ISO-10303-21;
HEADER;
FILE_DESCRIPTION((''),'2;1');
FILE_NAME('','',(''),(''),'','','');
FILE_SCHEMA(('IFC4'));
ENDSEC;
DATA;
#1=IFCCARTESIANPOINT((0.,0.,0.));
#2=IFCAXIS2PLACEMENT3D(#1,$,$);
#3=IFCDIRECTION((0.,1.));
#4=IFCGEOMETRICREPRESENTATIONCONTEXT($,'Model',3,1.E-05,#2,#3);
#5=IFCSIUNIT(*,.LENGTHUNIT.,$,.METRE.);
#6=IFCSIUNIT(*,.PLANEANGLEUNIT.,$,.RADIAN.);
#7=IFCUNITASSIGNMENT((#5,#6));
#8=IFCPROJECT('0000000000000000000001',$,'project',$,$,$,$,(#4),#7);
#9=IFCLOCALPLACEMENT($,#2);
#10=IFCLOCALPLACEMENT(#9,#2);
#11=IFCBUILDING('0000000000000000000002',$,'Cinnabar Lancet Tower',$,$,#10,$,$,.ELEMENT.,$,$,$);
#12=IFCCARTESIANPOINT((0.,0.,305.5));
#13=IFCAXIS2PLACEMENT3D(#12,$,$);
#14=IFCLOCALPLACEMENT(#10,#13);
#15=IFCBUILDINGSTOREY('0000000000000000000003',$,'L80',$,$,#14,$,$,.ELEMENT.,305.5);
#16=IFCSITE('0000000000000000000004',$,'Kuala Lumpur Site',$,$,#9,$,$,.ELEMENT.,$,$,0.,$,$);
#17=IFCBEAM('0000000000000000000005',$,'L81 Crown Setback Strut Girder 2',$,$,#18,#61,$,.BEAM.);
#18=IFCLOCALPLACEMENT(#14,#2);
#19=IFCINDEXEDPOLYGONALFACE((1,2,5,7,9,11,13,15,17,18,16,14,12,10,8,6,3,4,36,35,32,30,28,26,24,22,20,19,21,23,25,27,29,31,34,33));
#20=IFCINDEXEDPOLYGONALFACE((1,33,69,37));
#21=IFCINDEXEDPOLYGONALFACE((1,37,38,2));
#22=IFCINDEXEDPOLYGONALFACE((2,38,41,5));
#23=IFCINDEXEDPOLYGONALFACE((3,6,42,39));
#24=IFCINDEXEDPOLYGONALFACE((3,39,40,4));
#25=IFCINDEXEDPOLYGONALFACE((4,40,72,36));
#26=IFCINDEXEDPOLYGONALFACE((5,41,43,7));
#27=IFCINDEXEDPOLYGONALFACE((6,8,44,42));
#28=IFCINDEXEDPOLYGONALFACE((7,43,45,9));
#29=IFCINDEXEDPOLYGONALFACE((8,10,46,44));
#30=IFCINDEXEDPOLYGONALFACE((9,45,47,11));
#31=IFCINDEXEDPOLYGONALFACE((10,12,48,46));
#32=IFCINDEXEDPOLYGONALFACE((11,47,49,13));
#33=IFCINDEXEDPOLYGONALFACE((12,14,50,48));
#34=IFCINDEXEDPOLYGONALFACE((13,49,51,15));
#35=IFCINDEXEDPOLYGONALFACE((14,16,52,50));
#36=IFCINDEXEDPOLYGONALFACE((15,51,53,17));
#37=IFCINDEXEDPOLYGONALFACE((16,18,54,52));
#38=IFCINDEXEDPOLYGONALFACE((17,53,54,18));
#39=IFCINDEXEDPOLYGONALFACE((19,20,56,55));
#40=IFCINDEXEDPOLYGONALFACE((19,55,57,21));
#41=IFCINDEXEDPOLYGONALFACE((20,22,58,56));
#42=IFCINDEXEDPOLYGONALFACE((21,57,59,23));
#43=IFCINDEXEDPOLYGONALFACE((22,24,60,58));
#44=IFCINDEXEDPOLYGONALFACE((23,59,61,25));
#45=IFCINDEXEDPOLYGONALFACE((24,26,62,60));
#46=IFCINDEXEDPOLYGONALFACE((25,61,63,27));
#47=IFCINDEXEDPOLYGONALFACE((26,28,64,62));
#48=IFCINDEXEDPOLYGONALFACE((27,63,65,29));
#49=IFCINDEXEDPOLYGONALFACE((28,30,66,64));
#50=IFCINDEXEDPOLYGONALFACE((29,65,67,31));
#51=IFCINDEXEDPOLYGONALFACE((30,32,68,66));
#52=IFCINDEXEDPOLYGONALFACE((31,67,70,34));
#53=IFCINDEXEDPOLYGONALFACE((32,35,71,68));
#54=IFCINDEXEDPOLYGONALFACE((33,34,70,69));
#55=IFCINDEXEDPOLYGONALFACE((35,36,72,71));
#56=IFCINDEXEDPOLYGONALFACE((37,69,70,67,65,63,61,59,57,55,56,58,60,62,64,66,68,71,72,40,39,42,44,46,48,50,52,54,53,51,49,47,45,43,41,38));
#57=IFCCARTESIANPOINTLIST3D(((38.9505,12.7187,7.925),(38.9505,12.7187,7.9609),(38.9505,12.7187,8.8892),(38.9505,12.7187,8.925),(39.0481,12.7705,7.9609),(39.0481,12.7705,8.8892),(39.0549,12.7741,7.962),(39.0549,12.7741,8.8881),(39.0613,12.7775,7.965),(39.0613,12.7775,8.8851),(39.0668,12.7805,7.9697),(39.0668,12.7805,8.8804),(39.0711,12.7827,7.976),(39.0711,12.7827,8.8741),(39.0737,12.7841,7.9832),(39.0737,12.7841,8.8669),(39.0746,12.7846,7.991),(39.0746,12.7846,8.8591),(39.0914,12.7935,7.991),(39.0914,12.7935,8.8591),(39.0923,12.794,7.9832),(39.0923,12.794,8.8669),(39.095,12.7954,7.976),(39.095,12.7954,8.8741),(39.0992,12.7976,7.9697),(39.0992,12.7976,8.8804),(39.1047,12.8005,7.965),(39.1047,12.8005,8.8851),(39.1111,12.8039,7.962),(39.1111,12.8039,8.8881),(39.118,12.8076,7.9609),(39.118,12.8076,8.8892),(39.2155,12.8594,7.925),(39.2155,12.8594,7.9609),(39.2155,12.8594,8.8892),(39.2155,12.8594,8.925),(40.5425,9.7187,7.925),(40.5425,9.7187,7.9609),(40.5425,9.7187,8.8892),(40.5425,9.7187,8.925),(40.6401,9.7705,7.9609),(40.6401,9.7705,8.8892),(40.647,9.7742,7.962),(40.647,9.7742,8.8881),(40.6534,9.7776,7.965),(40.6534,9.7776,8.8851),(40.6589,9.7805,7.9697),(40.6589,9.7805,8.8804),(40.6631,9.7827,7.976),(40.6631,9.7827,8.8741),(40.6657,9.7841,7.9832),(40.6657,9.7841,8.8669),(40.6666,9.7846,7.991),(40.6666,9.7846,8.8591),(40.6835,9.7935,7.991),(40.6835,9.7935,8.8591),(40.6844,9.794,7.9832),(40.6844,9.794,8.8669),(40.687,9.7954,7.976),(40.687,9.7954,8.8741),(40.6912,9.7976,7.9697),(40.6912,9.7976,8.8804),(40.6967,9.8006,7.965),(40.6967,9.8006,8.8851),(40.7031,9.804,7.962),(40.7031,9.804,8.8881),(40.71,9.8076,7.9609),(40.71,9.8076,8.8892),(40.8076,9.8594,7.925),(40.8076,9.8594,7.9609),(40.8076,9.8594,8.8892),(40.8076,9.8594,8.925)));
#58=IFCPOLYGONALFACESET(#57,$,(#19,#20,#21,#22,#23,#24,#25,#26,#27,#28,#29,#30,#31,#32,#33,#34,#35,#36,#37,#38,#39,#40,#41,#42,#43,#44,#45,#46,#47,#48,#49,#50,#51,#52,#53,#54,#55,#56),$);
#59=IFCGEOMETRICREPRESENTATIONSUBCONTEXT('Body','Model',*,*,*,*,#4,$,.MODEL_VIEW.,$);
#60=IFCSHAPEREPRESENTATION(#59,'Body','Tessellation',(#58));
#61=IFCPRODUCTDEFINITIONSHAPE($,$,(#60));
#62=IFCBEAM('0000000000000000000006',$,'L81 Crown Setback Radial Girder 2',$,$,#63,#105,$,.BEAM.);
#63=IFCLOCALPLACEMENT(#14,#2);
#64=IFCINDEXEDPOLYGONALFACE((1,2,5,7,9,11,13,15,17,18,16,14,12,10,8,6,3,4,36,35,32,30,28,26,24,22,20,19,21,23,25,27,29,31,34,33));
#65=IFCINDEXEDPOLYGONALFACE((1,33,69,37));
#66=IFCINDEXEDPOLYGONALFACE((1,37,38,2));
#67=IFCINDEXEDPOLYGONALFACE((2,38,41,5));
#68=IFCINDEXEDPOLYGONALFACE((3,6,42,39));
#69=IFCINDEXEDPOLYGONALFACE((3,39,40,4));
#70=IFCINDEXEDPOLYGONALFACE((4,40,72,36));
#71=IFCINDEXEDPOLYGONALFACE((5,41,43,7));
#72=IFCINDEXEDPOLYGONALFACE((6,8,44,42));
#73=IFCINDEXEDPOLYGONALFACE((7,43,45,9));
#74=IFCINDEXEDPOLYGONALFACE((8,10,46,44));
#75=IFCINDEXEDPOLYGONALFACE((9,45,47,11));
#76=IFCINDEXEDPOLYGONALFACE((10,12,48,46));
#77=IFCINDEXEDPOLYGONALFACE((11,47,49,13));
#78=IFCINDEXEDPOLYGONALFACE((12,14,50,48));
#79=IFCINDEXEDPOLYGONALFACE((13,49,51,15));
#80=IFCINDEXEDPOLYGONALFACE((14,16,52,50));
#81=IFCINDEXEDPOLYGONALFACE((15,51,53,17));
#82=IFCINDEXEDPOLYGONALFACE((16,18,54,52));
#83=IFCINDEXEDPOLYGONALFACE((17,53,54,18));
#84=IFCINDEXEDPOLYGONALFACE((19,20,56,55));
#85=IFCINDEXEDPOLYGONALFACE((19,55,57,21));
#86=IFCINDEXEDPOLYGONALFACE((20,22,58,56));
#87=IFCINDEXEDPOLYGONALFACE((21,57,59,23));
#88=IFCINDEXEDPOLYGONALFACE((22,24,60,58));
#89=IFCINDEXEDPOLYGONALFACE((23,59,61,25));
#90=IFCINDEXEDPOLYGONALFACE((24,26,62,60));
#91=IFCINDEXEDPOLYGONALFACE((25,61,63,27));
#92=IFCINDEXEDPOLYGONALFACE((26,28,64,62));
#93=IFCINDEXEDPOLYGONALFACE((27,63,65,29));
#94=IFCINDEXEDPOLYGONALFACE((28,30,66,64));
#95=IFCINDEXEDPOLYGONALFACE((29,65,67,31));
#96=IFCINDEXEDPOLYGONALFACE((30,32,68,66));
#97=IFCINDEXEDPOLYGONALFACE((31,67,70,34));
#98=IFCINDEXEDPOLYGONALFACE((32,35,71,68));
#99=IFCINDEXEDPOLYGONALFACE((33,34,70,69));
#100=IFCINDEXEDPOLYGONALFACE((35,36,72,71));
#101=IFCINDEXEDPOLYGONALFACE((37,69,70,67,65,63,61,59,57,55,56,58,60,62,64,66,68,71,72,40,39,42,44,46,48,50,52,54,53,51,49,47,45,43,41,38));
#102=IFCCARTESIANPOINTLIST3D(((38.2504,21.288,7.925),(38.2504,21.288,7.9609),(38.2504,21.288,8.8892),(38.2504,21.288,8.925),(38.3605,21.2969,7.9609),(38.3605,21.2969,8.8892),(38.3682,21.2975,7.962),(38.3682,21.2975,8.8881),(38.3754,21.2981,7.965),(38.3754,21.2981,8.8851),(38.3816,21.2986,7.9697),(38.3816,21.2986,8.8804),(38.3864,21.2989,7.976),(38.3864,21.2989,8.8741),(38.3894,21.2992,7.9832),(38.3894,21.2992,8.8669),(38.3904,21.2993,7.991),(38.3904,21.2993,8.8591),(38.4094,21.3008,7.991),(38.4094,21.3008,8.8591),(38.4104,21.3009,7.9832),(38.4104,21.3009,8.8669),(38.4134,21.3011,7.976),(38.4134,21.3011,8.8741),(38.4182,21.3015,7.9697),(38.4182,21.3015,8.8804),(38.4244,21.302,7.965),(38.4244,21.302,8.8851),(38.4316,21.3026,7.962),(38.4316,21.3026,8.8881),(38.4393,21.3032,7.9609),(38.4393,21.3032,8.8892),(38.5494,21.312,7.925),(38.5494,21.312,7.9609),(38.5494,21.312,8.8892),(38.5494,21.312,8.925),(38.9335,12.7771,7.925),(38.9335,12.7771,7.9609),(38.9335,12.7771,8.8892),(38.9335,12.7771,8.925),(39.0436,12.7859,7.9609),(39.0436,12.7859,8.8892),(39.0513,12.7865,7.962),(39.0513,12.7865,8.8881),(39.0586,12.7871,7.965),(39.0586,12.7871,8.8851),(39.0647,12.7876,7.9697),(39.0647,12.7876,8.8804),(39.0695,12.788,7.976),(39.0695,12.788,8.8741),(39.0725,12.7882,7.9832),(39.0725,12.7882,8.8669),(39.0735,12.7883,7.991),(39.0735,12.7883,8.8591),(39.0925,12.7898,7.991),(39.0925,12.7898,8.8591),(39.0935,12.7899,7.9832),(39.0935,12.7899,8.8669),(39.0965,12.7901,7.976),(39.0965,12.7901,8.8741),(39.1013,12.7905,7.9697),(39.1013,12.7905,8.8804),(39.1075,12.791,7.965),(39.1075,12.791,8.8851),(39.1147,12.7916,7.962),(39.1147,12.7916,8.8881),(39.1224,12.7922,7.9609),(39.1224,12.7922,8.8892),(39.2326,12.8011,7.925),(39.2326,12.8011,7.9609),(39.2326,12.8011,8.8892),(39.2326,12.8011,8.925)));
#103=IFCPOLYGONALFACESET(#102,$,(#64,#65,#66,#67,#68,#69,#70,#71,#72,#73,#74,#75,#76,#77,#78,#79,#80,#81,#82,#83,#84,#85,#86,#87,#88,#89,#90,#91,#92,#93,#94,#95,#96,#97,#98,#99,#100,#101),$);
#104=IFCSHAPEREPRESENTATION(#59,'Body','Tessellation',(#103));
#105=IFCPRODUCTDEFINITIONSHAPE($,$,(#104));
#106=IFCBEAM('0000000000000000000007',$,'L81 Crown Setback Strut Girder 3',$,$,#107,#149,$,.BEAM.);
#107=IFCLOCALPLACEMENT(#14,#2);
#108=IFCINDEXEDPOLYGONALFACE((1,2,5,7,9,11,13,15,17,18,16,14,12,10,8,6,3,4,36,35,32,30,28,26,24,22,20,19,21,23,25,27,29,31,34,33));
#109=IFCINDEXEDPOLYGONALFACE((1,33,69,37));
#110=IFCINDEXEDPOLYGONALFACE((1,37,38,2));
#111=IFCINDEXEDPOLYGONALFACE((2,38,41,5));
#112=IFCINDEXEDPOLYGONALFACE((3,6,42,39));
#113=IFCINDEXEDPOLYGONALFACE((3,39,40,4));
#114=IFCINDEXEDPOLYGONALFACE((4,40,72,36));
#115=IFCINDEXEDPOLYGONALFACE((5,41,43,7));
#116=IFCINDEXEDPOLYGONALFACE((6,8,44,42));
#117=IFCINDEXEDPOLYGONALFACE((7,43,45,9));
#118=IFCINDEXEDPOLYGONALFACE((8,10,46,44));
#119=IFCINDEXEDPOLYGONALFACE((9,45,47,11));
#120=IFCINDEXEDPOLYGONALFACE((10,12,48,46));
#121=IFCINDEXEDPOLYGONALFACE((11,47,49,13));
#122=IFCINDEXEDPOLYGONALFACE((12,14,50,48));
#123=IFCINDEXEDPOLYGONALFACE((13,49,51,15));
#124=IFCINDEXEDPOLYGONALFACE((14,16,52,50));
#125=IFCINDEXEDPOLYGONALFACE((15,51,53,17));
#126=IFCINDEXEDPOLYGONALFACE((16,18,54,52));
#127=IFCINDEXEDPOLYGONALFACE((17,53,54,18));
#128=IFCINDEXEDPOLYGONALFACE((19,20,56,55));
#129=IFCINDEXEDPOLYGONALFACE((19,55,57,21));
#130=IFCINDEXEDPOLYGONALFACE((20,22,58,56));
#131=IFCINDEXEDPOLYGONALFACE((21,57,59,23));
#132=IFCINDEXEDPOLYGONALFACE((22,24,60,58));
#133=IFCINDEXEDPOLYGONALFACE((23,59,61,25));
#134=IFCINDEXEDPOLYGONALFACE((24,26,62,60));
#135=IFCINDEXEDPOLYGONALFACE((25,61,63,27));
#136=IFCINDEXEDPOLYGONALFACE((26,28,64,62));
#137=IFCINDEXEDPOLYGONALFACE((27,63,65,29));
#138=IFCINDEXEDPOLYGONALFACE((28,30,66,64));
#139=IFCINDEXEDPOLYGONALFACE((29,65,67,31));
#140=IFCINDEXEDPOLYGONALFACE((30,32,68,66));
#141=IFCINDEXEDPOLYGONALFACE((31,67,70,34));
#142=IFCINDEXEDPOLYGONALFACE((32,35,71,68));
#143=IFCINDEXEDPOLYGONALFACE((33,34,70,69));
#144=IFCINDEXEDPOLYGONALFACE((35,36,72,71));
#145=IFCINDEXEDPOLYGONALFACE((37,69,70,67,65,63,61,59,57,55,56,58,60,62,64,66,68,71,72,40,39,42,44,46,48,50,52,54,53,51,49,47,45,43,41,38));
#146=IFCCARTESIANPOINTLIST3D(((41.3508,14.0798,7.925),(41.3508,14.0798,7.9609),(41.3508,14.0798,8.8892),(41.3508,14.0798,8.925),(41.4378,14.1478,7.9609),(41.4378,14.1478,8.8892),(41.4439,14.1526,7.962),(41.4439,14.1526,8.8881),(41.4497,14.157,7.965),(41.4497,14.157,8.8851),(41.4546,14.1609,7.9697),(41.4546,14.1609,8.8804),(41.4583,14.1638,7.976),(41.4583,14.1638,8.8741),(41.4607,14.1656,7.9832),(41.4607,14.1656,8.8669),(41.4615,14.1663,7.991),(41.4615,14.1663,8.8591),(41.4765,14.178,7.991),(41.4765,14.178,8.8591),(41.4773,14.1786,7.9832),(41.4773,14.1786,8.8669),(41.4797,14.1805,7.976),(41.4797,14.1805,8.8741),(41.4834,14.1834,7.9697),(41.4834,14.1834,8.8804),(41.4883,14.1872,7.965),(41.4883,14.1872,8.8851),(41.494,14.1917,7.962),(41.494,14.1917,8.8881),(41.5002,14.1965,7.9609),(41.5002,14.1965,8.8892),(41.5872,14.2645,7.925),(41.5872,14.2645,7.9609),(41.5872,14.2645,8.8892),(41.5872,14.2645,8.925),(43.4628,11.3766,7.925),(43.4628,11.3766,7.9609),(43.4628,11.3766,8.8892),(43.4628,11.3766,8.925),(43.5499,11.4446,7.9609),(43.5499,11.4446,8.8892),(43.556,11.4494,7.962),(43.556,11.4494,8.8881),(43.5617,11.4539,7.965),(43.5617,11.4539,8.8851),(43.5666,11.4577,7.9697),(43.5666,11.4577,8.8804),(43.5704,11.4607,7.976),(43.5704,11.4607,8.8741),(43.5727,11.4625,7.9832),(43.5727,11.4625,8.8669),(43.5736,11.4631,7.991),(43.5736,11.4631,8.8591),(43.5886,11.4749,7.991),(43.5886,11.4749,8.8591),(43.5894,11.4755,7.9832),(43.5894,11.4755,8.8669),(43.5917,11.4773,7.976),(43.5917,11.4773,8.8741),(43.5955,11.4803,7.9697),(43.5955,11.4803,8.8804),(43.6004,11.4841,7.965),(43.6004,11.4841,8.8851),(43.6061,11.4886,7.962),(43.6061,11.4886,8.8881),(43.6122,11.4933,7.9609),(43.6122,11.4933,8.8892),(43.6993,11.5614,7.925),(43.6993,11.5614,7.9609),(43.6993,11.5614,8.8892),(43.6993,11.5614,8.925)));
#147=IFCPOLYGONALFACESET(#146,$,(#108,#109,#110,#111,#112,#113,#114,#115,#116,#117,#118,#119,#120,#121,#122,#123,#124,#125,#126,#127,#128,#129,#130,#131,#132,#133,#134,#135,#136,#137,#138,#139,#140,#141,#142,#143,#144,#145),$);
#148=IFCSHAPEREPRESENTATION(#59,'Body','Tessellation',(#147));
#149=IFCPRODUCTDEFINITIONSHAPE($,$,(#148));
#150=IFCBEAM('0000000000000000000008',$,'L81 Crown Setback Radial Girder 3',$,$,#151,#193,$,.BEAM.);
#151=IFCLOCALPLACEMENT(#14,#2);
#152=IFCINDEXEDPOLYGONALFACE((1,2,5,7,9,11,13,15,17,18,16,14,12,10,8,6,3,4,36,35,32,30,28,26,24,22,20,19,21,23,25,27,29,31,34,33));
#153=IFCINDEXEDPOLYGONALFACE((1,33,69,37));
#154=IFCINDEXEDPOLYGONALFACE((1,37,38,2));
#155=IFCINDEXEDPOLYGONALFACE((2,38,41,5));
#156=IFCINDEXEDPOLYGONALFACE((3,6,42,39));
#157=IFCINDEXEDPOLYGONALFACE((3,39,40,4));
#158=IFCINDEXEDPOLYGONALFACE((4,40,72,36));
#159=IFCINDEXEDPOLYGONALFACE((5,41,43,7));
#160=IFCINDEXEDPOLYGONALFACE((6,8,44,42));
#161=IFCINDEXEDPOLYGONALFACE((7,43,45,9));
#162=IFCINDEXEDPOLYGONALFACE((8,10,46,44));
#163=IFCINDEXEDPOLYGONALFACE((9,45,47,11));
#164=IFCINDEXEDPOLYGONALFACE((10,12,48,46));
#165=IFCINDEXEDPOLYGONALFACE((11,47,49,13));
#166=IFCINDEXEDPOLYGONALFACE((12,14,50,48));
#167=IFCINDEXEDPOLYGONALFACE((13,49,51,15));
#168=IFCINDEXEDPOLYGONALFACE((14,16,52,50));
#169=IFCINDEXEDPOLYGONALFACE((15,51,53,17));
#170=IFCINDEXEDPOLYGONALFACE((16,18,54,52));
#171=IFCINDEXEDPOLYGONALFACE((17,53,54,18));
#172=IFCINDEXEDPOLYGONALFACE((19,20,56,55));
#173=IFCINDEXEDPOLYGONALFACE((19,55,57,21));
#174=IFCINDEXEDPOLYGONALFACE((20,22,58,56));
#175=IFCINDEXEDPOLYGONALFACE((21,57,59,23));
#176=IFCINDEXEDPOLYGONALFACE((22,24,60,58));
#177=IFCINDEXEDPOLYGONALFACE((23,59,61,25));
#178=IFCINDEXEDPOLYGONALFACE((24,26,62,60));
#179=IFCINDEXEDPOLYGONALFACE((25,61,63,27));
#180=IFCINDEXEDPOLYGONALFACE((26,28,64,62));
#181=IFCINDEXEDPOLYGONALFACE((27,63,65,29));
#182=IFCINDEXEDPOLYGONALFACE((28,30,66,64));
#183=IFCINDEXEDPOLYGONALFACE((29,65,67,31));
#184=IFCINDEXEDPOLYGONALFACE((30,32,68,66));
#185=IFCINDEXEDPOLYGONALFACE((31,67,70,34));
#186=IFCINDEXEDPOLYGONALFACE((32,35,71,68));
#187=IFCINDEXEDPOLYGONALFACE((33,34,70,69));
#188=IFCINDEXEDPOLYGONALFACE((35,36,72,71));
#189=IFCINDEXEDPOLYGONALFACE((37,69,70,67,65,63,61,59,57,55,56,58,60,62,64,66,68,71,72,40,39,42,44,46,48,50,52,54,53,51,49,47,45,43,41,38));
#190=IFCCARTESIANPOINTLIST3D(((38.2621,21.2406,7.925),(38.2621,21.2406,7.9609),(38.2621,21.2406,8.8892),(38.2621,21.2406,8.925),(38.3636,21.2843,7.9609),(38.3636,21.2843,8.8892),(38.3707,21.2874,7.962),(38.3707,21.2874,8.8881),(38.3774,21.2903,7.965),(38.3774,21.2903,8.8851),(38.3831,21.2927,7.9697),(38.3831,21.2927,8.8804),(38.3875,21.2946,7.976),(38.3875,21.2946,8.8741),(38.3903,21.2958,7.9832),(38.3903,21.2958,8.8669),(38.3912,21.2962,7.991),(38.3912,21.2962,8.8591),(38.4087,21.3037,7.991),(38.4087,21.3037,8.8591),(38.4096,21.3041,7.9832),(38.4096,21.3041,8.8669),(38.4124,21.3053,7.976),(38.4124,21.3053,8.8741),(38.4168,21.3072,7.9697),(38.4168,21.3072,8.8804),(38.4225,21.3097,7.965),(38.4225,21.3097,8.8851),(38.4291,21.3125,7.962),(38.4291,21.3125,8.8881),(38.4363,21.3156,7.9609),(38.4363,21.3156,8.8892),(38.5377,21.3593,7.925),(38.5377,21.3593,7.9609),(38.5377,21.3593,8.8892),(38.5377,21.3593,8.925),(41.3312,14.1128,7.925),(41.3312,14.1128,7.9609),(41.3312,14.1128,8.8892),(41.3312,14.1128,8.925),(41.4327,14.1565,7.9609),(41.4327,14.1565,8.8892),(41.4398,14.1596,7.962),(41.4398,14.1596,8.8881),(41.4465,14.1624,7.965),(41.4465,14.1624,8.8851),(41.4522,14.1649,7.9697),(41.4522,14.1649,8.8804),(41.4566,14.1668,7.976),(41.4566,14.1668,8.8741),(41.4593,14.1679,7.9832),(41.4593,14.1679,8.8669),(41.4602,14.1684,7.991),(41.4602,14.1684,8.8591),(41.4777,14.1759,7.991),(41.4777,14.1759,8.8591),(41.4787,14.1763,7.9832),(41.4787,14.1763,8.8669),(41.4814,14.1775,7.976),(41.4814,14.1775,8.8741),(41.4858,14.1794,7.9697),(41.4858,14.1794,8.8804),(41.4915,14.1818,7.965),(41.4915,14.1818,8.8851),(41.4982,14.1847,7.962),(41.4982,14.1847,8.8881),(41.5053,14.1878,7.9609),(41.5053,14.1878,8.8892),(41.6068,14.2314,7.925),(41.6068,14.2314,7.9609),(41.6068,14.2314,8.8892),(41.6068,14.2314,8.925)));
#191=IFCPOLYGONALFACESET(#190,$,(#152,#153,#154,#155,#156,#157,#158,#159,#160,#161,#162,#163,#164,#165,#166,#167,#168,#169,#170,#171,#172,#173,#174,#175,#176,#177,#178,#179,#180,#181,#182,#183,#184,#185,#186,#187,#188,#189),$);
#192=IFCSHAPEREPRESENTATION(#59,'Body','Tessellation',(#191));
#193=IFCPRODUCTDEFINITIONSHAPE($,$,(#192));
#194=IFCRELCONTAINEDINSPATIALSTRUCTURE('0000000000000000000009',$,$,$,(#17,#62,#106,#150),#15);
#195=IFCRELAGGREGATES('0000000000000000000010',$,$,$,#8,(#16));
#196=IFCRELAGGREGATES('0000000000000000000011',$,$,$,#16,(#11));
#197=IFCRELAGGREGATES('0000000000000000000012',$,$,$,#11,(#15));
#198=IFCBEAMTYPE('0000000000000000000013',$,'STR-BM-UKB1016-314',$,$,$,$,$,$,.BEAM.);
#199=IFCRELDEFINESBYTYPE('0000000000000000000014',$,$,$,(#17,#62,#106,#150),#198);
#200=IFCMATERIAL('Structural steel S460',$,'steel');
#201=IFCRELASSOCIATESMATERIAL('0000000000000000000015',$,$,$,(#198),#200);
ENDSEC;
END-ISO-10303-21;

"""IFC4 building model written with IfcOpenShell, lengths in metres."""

from ifc_helpers import new_model, si_unit, direction, frame, origin, origin_2d, place, context, subcontext, project, spatial, i_section, extrude, material, material_profile, profile_set, type_object, element, save


model = new_model("IFC4")

# Units and contexts
model_context = context("Model", 3, precision=1e-05, world=origin(), true_north=direction((0.0, 1.0)))
body_context = subcontext(model_context, "Body", "Model", "MODEL_VIEW")
ifc_project = project(units=[si_unit("LENGTHUNIT", "METRE"), si_unit("PLANEANGLEUNIT", "RADIAN")], contexts=[model_context])

# Site, building, storey
site_placement = place(None, origin())
site = spatial("IfcSite", under=ifc_project, at=site_placement, Name="Kuala Lumpur Site", CompositionType="ELEMENT", RefElevation=0.0)
building_placement = place(site_placement, origin())
building = spatial("IfcBuilding", under=site, at=building_placement, Name="Cinnabar Lancet Tower", CompositionType="ELEMENT")
storey_placement = place(building_placement, frame((0.0, 0.0, 305.5)))
storey = spatial("IfcBuildingStorey", under=building, at=storey_placement, Name="L80", CompositionType="ELEMENT", Elevation=305.5)

# Beams
ifc_material_1 = material(Name="Structural steel S460", Category="steel")
ifc_material_profile_1 = material_profile(ifc_material_1, i_section(OverallWidth=0.3, OverallDepth=1.0, WebThickness=0.019, FlangeThickness=0.0359, FilletRadius=0.03, at=origin_2d()), Name="UKB 1016x305x314")
ifc_profile_set_1 = profile_set([ifc_material_profile_1], Name="Structural steel S460")
beam_type = type_object("IfcBeamType", Name="STR-BM-UKB1016-314", PredefinedType="BEAM", material=ifc_profile_set_1)
beam_1_placement = place(storey_placement, frame((40.675, 9.7891, 8.425), z_axis=(-0.468763, 0.883324, 0.0), x_axis=(-0.883324, -0.468763, 0.0)))
element("IfcBeam", 1, at=beam_1_placement, inside=storey, type_object=beam_type, Name="L81 Crown Setback Strut Girder 2", PredefinedType="BEAM", context=body_context, shape_type="SweptSolid", body=[
    extrude(i_section(OverallWidth=0.3, OverallDepth=1.0, WebThickness=0.019, FlangeThickness=0.0359, FilletRadius=0.03, at=origin_2d()), origin(), (0.0, 0.0, 1.0), 3.3962),
])
beam_2_placement = place(storey_placement, frame((39.083, 12.7891, 8.425), z_axis=(-0.080004, 0.996795, 0.0), x_axis=(-0.996795, -0.080004, 0.0)))
element("IfcBeam", 2, at=beam_2_placement, inside=storey, type_object=beam_type, Name="L81 Crown Setback Radial Girder 2", PredefinedType="BEAM", context=body_context, shape_type="SweptSolid", body=[
    extrude(i_section(OverallWidth=0.3, OverallDepth=1.0, WebThickness=0.019, FlangeThickness=0.0359, FilletRadius=0.03, at=origin_2d()), origin(), (0.0, 0.0, 1.0), 8.5383),
])
beam_3_placement = place(storey_placement, frame((43.5811, 11.469, 8.425), z_axis=(-0.615688, 0.78799, 0.0), x_axis=(-0.78799, -0.615688, 0.0)))
element("IfcBeam", 3, at=beam_3_placement, inside=storey, type_object=beam_type, Name="L81 Crown Setback Strut Girder 3", PredefinedType="BEAM", context=body_context, shape_type="SweptSolid", body=[
    extrude(i_section(OverallWidth=0.3, OverallDepth=1.0, WebThickness=0.019, FlangeThickness=0.0359, FilletRadius=0.03, at=origin_2d()), origin(), (0.0, 0.0, 1.0), 3.4304),
])
beam_4_placement = place(storey_placement, frame((41.469, 14.1721, 8.425), z_axis=(-0.395472, 0.918478, 0.0), x_axis=(-0.918478, -0.395472, 0.0)))
element("IfcBeam", 4, at=beam_4_placement, inside=storey, type_object=beam_type, Name="L81 Crown Setback Radial Girder 3", PredefinedType="BEAM", context=body_context, shape_type="SweptSolid", body=[
    extrude(i_section(OverallWidth=0.3, OverallDepth=1.0, WebThickness=0.019, FlangeThickness=0.0359, FilletRadius=0.03, at=origin_2d()), origin(), (0.0, 0.0, 1.0), 7.7605),
])

save(model, "model.ifc")
